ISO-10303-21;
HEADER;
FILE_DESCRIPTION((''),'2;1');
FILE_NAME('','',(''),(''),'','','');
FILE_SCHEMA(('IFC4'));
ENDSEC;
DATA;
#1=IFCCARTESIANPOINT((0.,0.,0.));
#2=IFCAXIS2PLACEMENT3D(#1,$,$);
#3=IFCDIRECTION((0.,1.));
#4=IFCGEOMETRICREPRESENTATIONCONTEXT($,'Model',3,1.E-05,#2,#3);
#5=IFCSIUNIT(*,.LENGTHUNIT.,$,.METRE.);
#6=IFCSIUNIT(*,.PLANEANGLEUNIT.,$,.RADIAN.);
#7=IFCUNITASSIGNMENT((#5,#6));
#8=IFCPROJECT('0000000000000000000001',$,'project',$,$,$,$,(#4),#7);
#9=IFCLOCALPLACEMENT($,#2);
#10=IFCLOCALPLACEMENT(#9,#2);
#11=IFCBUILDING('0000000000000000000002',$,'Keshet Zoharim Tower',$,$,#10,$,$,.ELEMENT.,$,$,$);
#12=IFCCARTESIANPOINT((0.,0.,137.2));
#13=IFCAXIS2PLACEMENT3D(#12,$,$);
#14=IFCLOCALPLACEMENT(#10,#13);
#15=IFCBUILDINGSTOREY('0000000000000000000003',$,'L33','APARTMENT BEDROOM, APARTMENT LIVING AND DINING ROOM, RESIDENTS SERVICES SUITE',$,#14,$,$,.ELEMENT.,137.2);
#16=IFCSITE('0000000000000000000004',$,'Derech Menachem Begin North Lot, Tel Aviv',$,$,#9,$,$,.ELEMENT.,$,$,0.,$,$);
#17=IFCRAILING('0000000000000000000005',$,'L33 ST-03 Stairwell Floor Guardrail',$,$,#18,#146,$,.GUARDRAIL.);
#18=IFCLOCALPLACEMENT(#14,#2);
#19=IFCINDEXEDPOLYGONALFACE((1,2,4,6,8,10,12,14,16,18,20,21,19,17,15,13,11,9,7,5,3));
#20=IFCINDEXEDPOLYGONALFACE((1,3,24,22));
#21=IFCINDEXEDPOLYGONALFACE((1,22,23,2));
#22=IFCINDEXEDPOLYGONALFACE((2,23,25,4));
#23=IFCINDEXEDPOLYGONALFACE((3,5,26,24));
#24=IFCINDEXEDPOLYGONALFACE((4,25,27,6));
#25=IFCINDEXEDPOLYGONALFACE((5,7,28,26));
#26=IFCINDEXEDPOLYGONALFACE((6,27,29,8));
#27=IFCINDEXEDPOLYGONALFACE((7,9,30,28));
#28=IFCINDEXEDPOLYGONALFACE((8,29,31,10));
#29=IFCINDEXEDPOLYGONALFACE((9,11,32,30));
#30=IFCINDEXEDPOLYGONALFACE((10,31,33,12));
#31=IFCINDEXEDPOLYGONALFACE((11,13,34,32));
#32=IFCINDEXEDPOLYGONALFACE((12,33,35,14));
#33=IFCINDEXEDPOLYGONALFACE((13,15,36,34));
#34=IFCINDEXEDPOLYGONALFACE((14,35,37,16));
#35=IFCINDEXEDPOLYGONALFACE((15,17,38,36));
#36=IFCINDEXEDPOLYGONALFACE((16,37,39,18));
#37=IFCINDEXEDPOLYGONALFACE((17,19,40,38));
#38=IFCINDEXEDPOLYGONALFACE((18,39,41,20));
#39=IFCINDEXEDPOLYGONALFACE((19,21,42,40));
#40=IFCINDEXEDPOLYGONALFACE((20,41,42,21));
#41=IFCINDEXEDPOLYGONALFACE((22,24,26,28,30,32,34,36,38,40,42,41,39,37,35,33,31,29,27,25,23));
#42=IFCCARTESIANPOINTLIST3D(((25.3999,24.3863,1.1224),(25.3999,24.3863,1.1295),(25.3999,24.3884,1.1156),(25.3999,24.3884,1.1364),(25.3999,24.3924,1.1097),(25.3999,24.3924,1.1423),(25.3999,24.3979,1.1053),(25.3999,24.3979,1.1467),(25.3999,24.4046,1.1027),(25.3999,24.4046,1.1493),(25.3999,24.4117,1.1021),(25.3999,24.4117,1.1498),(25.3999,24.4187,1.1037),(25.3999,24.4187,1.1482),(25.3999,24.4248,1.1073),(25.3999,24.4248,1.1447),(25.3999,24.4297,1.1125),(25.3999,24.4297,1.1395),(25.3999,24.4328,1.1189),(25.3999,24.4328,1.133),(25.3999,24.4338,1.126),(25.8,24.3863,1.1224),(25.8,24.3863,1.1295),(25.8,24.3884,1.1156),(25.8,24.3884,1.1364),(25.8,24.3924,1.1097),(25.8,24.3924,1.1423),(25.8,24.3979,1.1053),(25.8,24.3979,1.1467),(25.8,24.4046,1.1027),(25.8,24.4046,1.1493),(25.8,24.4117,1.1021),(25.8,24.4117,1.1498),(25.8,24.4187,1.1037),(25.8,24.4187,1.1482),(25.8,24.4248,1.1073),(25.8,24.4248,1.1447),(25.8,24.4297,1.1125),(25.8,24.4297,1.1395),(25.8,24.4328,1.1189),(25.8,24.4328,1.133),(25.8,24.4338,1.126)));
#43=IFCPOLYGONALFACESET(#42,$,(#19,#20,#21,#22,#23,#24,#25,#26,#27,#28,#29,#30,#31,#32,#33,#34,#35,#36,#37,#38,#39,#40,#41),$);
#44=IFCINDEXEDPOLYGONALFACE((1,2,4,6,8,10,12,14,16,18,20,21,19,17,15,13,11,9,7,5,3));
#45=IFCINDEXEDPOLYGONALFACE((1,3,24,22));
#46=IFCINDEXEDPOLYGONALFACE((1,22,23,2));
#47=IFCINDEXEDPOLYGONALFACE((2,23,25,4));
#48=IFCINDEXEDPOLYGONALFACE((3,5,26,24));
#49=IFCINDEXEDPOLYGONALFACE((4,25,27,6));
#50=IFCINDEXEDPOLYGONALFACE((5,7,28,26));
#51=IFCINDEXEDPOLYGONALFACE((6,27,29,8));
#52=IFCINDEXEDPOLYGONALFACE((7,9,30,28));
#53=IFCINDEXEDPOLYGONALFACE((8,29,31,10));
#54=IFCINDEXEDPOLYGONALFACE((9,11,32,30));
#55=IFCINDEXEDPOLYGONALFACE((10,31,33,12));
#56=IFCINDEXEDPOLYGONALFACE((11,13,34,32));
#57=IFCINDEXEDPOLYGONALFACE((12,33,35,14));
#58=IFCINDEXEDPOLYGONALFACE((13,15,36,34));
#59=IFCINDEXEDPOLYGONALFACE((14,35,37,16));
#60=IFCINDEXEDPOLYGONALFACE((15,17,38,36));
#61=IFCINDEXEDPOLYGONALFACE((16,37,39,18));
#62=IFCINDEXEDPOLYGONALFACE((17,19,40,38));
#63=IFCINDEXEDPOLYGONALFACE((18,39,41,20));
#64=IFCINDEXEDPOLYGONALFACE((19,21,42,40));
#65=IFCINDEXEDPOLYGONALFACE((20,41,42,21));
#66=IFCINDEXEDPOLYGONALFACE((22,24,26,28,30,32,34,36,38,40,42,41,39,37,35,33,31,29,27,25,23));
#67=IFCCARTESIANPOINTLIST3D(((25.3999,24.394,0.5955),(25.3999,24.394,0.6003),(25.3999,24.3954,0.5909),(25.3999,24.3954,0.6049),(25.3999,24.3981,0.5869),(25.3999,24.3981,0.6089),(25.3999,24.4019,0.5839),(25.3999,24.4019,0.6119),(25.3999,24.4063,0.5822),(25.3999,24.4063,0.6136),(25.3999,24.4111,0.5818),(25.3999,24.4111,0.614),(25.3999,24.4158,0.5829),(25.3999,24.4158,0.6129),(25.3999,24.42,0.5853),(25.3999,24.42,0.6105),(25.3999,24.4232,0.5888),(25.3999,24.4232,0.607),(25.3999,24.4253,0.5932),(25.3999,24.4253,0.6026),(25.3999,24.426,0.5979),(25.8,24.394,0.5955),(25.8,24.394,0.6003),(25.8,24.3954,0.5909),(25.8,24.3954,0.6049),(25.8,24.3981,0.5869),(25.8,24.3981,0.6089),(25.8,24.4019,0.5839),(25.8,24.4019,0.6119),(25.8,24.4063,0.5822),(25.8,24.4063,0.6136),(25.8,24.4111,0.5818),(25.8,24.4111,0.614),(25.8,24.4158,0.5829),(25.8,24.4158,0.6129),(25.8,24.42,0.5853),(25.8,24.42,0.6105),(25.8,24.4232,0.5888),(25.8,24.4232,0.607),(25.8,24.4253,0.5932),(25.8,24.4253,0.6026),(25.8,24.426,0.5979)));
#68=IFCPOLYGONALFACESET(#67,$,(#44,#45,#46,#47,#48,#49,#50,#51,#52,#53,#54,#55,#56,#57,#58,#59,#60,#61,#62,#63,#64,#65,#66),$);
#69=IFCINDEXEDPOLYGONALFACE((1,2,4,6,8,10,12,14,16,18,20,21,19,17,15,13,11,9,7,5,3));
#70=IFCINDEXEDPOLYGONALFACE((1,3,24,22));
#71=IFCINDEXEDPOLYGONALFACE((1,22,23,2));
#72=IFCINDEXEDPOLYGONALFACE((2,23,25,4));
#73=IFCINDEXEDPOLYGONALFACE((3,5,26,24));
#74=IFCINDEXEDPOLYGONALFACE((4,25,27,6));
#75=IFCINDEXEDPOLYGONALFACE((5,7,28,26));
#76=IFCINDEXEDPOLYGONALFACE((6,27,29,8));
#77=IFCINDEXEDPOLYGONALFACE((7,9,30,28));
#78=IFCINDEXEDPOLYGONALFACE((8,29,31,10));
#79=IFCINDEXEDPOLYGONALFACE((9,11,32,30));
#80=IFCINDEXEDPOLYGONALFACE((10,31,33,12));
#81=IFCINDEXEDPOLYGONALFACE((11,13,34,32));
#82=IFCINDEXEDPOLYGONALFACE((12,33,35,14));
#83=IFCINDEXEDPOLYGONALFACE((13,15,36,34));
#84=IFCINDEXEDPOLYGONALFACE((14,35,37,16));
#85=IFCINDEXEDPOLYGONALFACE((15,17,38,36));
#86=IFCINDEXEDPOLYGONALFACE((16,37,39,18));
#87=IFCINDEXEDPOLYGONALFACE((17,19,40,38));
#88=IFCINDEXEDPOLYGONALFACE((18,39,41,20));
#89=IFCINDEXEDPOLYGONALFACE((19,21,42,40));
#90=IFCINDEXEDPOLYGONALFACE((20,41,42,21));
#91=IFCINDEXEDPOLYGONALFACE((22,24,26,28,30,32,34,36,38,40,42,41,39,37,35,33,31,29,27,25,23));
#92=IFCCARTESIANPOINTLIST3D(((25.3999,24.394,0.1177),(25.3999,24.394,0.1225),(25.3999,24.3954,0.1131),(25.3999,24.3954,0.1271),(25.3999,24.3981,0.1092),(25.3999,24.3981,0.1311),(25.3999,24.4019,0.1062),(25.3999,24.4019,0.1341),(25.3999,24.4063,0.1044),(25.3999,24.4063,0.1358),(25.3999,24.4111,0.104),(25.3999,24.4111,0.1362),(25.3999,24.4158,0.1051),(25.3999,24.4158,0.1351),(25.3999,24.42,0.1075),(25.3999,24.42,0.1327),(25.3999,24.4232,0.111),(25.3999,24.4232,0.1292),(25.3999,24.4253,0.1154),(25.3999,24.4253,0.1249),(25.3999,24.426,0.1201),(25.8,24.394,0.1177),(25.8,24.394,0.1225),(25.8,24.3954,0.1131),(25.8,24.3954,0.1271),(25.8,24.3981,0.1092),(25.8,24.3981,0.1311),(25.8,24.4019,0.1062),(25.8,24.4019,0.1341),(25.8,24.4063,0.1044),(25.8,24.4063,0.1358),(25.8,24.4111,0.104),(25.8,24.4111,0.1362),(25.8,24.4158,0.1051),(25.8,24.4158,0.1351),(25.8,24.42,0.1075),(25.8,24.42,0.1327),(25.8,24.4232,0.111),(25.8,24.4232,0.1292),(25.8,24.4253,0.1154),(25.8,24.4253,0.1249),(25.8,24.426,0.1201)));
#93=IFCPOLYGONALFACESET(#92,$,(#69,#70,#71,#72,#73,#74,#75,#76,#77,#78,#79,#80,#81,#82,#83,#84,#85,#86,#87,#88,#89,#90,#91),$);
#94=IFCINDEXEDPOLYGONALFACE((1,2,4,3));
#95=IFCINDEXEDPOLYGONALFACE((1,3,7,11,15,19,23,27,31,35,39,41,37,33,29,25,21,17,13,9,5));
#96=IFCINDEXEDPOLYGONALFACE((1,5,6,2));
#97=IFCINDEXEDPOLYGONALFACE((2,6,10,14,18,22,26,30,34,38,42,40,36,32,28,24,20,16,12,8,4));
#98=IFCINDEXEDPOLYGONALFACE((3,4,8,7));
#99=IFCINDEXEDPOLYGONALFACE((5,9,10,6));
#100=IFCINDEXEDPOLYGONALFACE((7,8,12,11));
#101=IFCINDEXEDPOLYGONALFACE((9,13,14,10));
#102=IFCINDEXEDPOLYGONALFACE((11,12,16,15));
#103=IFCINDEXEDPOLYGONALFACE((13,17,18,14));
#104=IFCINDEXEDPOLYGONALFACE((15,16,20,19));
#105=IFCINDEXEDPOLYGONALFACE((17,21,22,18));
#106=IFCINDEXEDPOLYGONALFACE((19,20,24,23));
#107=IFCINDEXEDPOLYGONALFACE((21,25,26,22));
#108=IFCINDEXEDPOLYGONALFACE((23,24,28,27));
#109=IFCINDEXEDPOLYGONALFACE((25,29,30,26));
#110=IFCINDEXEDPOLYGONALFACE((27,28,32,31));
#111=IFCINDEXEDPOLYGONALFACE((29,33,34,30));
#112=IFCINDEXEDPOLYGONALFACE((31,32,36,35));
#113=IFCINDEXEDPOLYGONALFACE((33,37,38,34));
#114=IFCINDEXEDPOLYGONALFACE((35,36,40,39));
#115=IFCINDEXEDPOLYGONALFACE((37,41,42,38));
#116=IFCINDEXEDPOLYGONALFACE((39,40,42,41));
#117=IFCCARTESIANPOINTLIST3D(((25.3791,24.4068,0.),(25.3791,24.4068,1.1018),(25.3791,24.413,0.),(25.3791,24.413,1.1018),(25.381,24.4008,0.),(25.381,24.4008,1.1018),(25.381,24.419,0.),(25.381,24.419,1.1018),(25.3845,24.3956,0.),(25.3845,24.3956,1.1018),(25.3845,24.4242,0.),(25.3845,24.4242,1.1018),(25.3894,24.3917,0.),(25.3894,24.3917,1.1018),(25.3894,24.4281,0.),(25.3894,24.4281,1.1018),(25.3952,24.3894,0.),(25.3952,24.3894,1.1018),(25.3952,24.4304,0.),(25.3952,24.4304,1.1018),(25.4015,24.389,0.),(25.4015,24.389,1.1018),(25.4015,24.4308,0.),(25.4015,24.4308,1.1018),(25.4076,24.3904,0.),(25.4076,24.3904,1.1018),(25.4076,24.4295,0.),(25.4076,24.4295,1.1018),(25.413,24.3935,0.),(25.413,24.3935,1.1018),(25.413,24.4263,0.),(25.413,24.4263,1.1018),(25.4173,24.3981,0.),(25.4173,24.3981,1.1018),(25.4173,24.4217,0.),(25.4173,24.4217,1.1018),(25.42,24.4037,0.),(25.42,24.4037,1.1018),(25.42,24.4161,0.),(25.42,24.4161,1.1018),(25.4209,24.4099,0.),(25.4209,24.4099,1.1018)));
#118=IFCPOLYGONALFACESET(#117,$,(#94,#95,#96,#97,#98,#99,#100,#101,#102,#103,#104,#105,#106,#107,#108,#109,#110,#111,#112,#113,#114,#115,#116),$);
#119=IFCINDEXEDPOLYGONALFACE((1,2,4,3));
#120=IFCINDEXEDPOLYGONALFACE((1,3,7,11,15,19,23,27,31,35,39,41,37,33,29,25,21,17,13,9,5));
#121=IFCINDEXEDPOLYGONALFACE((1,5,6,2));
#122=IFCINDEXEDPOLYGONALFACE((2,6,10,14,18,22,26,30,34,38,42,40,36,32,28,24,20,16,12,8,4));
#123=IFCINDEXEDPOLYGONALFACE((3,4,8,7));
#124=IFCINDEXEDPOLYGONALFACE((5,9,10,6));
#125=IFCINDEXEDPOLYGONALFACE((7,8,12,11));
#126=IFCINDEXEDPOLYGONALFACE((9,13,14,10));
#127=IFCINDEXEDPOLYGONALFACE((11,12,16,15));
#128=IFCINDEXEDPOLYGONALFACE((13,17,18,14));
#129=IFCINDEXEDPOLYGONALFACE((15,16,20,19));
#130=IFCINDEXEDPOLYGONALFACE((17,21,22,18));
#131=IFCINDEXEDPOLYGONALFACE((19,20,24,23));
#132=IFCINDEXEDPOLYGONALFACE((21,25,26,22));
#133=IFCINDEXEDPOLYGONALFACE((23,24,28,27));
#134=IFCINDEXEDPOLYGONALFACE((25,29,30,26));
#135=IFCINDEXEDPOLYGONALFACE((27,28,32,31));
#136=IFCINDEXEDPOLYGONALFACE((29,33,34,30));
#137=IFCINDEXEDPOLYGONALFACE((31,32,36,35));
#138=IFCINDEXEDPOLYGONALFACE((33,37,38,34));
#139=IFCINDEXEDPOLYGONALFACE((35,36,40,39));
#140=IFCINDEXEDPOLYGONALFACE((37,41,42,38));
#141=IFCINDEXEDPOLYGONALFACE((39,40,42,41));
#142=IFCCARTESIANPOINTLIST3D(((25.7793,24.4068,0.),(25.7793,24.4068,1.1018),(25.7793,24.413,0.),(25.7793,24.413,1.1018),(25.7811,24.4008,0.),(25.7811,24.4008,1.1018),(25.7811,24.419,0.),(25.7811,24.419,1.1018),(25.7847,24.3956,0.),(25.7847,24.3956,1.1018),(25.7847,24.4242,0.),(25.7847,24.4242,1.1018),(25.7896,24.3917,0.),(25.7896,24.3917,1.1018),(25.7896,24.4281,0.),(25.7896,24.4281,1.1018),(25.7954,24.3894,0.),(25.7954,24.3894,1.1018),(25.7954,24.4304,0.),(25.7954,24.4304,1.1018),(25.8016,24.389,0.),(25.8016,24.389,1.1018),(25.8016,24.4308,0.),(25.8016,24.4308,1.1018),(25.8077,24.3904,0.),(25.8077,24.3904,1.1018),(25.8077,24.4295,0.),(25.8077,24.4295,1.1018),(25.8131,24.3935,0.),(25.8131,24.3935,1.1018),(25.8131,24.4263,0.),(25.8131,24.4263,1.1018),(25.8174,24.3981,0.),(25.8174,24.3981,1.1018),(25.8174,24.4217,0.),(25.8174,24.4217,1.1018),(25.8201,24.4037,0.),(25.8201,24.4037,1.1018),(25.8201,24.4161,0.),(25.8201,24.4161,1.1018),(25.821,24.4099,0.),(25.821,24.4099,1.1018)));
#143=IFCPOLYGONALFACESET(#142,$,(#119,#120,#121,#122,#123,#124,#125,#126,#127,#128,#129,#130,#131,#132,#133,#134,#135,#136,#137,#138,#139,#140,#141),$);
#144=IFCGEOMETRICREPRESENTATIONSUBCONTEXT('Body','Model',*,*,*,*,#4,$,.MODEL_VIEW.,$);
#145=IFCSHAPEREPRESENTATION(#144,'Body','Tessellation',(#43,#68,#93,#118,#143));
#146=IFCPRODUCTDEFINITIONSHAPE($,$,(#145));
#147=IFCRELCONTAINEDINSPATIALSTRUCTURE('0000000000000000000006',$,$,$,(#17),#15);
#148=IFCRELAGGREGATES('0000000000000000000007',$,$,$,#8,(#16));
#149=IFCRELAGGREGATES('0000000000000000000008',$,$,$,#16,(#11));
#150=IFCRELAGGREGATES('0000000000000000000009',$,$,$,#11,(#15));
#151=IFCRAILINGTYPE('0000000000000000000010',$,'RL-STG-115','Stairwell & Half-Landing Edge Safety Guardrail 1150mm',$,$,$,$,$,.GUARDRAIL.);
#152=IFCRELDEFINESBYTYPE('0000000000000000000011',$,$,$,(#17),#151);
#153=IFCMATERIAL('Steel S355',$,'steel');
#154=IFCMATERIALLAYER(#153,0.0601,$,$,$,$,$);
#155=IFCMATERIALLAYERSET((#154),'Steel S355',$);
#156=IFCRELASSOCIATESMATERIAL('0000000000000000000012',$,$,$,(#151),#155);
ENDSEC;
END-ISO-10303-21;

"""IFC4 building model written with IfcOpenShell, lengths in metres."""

from ifc_helpers import new_model, si_unit, direction, frame, origin, origin_2d, place, context, subcontext, project, spatial, circle, extrude, material, layer, layer_set, type_object, element, save


model = new_model("IFC4")

# Units and contexts
model_context = context("Model", 3, precision=1e-05, world=origin(), true_north=direction((0.0, 1.0)))
body_context = subcontext(model_context, "Body", "Model", "MODEL_VIEW")
ifc_project = project(units=[si_unit("LENGTHUNIT", "METRE"), si_unit("PLANEANGLEUNIT", "RADIAN")], contexts=[model_context])

# Site, building, storey
site_placement = place(None, origin())
site = spatial("IfcSite", under=ifc_project, at=site_placement, Name="Derech Menachem Begin North Lot, Tel Aviv", CompositionType="ELEMENT", RefElevation=0.0)
building_placement = place(site_placement, origin())
building = spatial("IfcBuilding", under=site, at=building_placement, Name="Keshet Zoharim Tower", CompositionType="ELEMENT")
storey_placement = place(building_placement, frame((0.0, 0.0, 137.2)))
storey = spatial("IfcBuildingStorey", under=building, at=storey_placement, Name="L33", Description="APARTMENT BEDROOM, APARTMENT LIVING AND DINING ROOM, RESIDENTS SERVICES SUITE", CompositionType="ELEMENT", Elevation=137.2)

# Shared definitions
ifc_material_1 = material(Name="Steel S355", Category="steel")

# Railing
ifc_layer_1 = layer(ifc_material_1, 0.0601)
ifc_layer_set_1 = layer_set([ifc_layer_1], Name="Steel S355")
railing_type_1 = type_object("IfcRailingType", Name="RL-STG-115", Description="Stairwell & Half-Landing Edge Safety Guardrail 1150mm", PredefinedType="GUARDRAIL", material=ifc_layer_set_1)
railing_1_placement = place(storey_placement, frame((25.3999, 24.4099, 0.0)))
element("IfcRailing", 1, at=railing_1_placement, inside=storey, type_object=railing_type_1, Name="L33 ST-03 Stairwell Floor Guardrail", PredefinedType="GUARDRAIL", context=body_context, shape_type="SweptSolid", body=[
    extrude(circle(Radius=0.0239, at=origin_2d()), frame((0.0, 0.0, 1.126), z_axis=(1.0, 0.0, 0.0), x_axis=(0.0, 1.0, 0.0)), (0.0, 0.0, 1.0), 0.4001),
    extrude(circle(Radius=0.0161, at=origin_2d()), frame((0.0, 0.0, 0.5979), z_axis=(1.0, 0.0, 0.0), x_axis=(0.0, 1.0, 0.0)), (0.0, 0.0, 1.0), 0.4001),
    extrude(circle(Radius=0.0161, at=origin_2d()), frame((0.0, 0.0, 0.1201), z_axis=(1.0, 0.0, 0.0), x_axis=(0.0, 1.0, 0.0)), (0.0, 0.0, 1.0), 0.4001),
    extrude(circle(Radius=0.021, at=origin_2d()), origin(), (0.0, 0.0, 1.0), 1.1018),
    extrude(circle(Radius=0.021, at=origin_2d()), frame((0.4001, 0.0, 0.0)), (0.0, 0.0, 1.0), 1.1018),
])

save(model, "model.ifc")
